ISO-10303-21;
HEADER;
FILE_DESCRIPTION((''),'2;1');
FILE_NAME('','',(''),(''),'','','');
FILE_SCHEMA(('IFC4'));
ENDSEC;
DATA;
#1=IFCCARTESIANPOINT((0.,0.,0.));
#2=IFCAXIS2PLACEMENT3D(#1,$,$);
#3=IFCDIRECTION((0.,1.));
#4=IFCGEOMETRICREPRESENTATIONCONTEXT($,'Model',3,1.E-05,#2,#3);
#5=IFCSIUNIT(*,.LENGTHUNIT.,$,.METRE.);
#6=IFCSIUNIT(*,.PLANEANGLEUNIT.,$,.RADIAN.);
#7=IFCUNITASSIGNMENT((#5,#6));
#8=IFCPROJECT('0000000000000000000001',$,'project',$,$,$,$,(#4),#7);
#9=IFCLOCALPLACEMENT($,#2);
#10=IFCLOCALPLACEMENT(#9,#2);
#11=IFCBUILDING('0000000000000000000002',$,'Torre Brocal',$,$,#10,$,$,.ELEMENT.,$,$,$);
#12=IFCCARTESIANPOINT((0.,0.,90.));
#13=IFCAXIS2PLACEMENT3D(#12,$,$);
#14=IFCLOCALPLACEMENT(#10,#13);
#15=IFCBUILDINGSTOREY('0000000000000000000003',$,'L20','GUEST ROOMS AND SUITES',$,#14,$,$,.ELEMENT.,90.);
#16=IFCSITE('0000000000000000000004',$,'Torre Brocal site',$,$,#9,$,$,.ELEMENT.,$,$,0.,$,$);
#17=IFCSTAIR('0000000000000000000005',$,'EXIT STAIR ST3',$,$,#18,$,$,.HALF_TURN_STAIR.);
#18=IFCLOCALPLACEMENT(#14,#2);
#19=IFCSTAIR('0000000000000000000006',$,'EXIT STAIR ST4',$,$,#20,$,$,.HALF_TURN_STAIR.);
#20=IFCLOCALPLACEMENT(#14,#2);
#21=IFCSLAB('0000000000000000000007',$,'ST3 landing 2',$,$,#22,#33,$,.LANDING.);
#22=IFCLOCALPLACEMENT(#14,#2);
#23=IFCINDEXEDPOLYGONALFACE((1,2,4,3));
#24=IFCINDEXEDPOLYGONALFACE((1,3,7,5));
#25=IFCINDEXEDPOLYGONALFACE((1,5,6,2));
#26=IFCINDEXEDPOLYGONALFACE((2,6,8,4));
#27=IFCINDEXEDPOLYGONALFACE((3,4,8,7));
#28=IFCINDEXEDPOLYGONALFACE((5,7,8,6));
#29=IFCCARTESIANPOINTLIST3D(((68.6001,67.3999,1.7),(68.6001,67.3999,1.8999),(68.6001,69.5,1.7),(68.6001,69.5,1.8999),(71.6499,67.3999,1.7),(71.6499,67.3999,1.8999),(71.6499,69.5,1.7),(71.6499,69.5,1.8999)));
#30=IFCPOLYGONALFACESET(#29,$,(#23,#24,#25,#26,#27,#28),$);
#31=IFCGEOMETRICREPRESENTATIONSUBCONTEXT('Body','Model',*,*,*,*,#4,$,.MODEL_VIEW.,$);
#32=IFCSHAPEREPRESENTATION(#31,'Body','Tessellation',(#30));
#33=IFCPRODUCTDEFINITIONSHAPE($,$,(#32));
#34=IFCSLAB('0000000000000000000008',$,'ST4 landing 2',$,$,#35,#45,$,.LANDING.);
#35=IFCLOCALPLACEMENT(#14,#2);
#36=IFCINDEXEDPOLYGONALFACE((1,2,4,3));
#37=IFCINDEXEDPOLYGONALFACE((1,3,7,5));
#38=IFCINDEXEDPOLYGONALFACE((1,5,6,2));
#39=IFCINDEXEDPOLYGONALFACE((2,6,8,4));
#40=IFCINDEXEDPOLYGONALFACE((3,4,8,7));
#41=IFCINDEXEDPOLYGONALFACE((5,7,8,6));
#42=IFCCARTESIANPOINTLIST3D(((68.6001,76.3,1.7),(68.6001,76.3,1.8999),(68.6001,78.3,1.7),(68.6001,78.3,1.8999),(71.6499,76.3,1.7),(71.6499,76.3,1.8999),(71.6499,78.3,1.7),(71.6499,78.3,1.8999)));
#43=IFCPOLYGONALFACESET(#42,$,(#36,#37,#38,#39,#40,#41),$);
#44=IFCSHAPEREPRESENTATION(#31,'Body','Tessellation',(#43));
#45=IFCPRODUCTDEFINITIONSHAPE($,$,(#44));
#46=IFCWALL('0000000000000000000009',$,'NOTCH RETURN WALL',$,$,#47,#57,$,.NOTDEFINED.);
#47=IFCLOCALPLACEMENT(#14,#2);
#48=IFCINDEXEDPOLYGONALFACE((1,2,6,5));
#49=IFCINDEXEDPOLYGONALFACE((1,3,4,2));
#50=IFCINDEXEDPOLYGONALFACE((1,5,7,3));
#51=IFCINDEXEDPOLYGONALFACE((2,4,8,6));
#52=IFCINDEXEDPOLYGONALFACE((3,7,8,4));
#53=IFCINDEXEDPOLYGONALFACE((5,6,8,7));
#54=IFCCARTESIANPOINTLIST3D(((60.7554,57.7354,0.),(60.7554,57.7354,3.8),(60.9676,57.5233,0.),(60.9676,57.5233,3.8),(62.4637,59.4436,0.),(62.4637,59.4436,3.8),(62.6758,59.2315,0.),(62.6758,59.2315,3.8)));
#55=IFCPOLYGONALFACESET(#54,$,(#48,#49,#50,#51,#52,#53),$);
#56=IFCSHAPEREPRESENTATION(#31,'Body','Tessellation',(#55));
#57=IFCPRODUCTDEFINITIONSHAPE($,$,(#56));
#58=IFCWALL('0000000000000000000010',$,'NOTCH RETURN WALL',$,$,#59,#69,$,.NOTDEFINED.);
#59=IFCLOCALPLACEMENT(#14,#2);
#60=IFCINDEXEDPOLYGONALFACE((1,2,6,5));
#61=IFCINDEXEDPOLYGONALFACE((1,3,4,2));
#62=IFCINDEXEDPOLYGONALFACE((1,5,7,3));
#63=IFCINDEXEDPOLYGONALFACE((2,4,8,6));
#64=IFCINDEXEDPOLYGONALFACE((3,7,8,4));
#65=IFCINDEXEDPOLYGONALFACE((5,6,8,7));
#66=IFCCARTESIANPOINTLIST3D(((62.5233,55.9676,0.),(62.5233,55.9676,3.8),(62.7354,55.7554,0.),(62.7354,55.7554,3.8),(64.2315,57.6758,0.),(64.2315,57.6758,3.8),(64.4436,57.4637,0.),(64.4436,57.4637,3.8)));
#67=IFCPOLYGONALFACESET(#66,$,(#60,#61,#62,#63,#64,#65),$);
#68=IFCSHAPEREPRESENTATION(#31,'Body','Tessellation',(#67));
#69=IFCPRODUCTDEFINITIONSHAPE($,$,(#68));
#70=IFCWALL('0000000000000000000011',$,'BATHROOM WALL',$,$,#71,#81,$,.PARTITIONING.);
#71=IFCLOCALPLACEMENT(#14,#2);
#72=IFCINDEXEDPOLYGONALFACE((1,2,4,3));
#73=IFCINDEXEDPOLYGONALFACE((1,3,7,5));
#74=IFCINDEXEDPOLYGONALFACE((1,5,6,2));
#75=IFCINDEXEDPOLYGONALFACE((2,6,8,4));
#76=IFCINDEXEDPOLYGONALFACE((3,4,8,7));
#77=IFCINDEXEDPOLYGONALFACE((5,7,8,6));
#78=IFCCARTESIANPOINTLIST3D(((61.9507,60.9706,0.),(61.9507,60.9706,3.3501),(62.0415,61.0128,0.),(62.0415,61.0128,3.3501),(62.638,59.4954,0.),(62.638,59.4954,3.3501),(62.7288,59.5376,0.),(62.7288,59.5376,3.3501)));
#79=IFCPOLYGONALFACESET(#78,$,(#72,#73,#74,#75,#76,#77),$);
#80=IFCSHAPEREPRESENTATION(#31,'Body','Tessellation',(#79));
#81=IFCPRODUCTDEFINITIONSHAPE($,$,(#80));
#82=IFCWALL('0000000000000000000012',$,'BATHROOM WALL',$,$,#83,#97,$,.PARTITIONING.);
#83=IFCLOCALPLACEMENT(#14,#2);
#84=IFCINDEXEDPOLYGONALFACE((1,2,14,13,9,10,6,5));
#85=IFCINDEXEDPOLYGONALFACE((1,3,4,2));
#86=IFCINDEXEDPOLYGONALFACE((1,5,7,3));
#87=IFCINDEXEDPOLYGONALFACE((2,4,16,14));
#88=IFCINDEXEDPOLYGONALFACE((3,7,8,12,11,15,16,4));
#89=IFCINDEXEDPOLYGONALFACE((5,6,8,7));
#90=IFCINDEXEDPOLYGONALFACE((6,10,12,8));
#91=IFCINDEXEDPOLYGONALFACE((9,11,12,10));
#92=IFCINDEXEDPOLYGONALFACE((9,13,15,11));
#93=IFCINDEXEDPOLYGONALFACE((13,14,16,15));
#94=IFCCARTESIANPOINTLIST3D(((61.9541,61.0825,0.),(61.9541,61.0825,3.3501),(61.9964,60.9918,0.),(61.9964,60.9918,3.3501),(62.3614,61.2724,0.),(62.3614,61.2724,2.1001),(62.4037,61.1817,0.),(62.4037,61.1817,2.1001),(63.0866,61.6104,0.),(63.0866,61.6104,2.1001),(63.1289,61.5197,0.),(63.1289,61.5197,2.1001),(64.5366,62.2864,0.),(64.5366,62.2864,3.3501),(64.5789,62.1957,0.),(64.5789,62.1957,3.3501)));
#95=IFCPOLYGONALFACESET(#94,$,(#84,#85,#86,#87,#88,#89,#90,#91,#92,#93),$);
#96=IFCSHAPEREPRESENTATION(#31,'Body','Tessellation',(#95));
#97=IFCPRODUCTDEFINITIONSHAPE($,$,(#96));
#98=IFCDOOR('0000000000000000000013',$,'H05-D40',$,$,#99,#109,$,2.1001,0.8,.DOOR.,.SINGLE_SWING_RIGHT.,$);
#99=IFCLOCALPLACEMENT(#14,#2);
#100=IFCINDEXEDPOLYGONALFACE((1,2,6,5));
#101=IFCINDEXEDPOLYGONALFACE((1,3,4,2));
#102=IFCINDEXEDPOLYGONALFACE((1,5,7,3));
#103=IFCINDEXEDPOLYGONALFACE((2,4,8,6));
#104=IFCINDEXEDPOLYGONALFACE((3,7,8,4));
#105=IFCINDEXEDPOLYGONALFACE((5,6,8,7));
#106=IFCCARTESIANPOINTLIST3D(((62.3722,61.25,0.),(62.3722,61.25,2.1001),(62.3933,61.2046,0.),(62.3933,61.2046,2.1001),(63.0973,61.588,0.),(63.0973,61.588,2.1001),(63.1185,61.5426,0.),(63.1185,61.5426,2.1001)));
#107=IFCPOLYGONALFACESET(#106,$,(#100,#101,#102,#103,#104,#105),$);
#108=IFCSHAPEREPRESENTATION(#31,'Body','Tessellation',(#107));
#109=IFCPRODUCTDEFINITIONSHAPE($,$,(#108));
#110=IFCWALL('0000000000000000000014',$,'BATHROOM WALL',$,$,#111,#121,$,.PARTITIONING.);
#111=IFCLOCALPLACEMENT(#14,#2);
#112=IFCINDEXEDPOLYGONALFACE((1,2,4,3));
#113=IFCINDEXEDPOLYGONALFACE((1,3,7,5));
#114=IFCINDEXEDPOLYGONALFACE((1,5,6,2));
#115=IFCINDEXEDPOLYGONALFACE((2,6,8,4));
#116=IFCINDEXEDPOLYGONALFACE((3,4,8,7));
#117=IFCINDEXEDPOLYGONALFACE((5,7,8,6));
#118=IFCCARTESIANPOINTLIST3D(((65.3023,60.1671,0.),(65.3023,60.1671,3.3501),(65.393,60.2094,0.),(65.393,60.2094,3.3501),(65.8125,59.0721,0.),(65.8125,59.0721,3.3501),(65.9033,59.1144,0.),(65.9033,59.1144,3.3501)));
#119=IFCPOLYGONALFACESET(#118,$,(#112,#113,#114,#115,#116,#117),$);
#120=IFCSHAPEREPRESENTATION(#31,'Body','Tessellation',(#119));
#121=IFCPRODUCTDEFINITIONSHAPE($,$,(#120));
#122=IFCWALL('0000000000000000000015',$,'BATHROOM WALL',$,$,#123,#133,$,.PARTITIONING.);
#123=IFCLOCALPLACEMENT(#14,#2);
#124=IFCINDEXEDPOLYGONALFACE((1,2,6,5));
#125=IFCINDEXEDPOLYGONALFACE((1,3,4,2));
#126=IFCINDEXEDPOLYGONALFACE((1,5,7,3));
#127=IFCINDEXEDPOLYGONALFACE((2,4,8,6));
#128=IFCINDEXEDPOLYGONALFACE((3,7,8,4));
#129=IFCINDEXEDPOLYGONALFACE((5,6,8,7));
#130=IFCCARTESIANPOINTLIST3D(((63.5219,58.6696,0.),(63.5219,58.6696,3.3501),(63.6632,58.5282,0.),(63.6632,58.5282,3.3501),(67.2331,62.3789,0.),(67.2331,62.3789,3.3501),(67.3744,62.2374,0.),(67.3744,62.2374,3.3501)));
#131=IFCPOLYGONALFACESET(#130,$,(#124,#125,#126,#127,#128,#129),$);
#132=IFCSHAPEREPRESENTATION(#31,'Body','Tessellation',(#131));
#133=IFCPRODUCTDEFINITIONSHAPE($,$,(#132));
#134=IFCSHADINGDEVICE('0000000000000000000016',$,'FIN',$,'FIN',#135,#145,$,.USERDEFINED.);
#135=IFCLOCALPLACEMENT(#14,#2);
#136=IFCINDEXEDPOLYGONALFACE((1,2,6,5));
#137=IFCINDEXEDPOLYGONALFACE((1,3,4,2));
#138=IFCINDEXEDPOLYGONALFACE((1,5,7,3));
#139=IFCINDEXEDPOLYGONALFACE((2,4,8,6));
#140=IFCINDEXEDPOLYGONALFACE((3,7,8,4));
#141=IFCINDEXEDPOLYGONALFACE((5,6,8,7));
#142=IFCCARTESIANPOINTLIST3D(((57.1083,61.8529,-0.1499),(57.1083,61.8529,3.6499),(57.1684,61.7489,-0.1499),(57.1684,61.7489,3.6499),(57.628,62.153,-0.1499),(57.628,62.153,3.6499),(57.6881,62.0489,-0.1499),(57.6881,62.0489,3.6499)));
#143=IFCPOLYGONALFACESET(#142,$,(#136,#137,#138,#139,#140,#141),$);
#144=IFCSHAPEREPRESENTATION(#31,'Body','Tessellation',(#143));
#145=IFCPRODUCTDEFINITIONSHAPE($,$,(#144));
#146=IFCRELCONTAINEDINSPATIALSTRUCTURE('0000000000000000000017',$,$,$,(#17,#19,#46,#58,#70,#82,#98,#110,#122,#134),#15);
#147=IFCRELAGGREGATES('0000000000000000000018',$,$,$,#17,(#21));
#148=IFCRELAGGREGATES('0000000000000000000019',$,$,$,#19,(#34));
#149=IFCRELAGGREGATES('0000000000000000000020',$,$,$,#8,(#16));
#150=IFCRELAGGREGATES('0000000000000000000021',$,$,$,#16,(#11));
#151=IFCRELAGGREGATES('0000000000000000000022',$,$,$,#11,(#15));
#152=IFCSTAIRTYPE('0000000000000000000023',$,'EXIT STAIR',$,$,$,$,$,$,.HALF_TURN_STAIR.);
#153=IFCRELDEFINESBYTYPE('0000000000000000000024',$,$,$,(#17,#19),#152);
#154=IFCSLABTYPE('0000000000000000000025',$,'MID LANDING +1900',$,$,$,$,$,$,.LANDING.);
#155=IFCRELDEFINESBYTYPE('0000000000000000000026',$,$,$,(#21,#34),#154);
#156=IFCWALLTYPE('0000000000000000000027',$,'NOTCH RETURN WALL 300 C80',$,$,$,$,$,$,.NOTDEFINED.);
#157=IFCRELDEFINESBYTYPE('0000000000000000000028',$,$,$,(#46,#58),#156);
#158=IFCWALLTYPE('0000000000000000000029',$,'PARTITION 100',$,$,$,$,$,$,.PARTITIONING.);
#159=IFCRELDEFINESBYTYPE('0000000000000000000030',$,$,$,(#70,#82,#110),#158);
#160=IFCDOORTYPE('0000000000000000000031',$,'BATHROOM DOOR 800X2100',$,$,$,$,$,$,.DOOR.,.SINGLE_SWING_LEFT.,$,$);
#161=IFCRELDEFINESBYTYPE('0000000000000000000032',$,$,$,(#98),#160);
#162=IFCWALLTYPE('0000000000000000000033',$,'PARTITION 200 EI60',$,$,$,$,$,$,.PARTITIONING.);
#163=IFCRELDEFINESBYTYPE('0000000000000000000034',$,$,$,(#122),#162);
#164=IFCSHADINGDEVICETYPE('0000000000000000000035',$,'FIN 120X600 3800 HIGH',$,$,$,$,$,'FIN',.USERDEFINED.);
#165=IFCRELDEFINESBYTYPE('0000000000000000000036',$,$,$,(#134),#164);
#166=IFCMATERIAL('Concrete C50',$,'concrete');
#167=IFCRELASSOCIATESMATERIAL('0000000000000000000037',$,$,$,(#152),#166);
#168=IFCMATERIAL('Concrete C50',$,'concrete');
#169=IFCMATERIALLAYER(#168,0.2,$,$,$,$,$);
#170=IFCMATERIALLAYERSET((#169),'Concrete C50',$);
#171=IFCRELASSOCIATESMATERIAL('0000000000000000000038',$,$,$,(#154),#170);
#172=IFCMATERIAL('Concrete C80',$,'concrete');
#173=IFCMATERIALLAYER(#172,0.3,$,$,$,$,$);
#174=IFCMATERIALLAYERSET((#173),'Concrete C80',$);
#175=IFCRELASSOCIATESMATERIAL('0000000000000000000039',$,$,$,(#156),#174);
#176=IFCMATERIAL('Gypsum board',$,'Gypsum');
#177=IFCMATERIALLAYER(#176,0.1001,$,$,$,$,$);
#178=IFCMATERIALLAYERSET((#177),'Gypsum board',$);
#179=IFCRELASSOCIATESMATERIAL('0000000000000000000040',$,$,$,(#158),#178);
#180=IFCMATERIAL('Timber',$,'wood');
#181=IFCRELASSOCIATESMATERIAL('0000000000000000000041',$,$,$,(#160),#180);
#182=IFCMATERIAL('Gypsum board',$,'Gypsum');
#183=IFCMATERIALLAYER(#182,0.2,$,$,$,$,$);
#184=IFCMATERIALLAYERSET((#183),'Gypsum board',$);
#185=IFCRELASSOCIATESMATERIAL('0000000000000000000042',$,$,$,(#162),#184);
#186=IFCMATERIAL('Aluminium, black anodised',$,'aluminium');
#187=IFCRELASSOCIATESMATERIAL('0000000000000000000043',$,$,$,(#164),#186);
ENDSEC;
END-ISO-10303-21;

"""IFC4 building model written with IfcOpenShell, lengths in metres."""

from ifc_helpers import new_model, si_unit, direction, frame, frame_2d, origin, origin_2d, place, context, subcontext, project, spatial, polyline, rectangle, outline, extrude, material, layer, layer_set, material_profile, profile_set, type_object, element, fill, aggregate, save


model = new_model("IFC4")

# Units and contexts
model_context = context("Model", 3, precision=1e-05, world=origin(), true_north=direction((0.0, 1.0)))
body_context = subcontext(model_context, "Body", "Model", "MODEL_VIEW")
ifc_project = project(units=[si_unit("LENGTHUNIT", "METRE"), si_unit("PLANEANGLEUNIT", "RADIAN")], contexts=[model_context])

# Site, building, storey
site_placement = place(None, origin())
site = spatial("IfcSite", under=ifc_project, at=site_placement, Name="Torre Brocal site", CompositionType="ELEMENT", RefElevation=0.0)
building_placement = place(site_placement, origin())
building = spatial("IfcBuilding", under=site, at=building_placement, Name="Torre Brocal", CompositionType="ELEMENT")
storey_placement = place(building_placement, frame((0.0, 0.0, 90.0)))
storey = spatial("IfcBuildingStorey", under=building, at=storey_placement, Name="L20", Description="GUEST ROOMS AND SUITES", CompositionType="ELEMENT", Elevation=90.0)

# Stairs
ifc_material_1 = material(Name="Concrete C50", Category="concrete")
stair_type = type_object("IfcStairType", Name="EXIT STAIR", PredefinedType="HALF_TURN_STAIR", material=ifc_material_1)
stair_1_placement = place(storey_placement, origin())
stair_1 = element("IfcStair", 1, at=stair_1_placement, inside=storey, type_object=stair_type, Name="EXIT STAIR ST3", PredefinedType="HALF_TURN_STAIR")
stair_2_placement = place(storey_placement, origin())
stair_2 = element("IfcStair", 2, at=stair_2_placement, inside=storey, type_object=stair_type, Name="EXIT STAIR ST4", PredefinedType="HALF_TURN_STAIR")

# Slabs
ifc_material_2 = material(Name="Concrete C50", Category="concrete")
ifc_layer_1 = layer(ifc_material_2, 0.2)
ifc_layer_set_1 = layer_set([ifc_layer_1], Name="Concrete C50")
slab_type_1 = type_object("IfcSlabType", Name="MID LANDING +1900", PredefinedType="LANDING", material=ifc_layer_set_1)
slab_1_placement = place(storey_placement, frame((0.0, 0.0, 1.7)))
slab_1 = element("IfcSlab", 3, at=slab_1_placement, type_object=slab_type_1, Name="ST3 landing 2", PredefinedType="LANDING", context=body_context, shape_type="SweptSolid", body=[
    extrude(outline(polyline([(71.6499, 69.5), (68.6001, 69.5), (68.6001, 67.3999), (71.6499, 67.3999), (71.6499, 69.5)])), origin(), (0.0, 0.0, 1.0), 0.2),
])
aggregate(stair_1, [slab_1])
slab_2_placement = place(storey_placement, frame((0.0, 0.0, 1.7)))
slab_2 = element("IfcSlab", 4, at=slab_2_placement, type_object=slab_type_1, Name="ST4 landing 2", PredefinedType="LANDING", context=body_context, shape_type="SweptSolid", body=[
    extrude(outline(polyline([(71.6499, 78.3), (68.6001, 78.3), (68.6001, 76.3), (71.6499, 76.3), (71.6499, 78.3)])), origin(), (0.0, 0.0, 1.0), 0.2),
])
aggregate(stair_2, [slab_2])

# Walls
ifc_material_3 = material(Name="Concrete C80", Category="concrete")
ifc_layer_2 = layer(ifc_material_3, 0.3)
ifc_layer_set_2 = layer_set([ifc_layer_2], Name="Concrete C80")
wall_type_1 = type_object("IfcWallType", Name="NOTCH RETURN WALL 300 C80", PredefinedType="NOTDEFINED", material=ifc_layer_set_2)
for number, where, z_axis, x_axis, name in (
    (5, (62.5698, 59.3376, 0.0), (0.0, 0.0, 1.0), (-0.707107, -0.707107, 0.0), "NOTCH RETURN WALL"),
    (6, (64.3376, 57.5698, 0.0), (0.0, 0.0, 1.0), (-0.707107, -0.707107, 0.0), "NOTCH RETURN WALL"),
):
    element("IfcWall", number, at=place(storey_placement, frame(where, z_axis=z_axis, x_axis=x_axis)), inside=storey, type_object=wall_type_1, Name=name, PredefinedType="NOTDEFINED", context=body_context, shape_type="SweptSolid", body=[
        extrude(rectangle(XDim=2.4158, YDim=0.3, at=frame_2d((1.208, 0.0))), origin(), (0.0, 0.0, 1.0), 3.8),
    ])
ifc_material_4 = material(Name="Gypsum board", Category="Gypsum")
ifc_layer_3 = layer(ifc_material_4, 0.1001)
ifc_layer_set_3 = layer_set([ifc_layer_3], Name="Gypsum board")
wall_type_2 = type_object("IfcWallType", Name="PARTITION 100", PredefinedType="PARTITIONING", material=ifc_layer_set_3)
wall_1_placement = place(storey_placement, frame((61.9961, 60.9917, 0.0), z_axis=(0.0, 0.0, 1.0), x_axis=(0.422319, -0.906447, 0.0)))
element("IfcWall", 7, at=wall_1_placement, inside=storey, type_object=wall_type_2, Name="BATHROOM WALL", PredefinedType="PARTITIONING", context=body_context, shape_type="SweptSolid", body=[
    extrude(rectangle(XDim=1.6274, YDim=0.1001, at=frame_2d((0.8137, 0.0))), origin(), (0.0, 0.0, 1.0), 3.3501),
])

# Wall, opening, door
wall_2_placement = place(storey_placement, frame((61.9751, 61.0371, 0.0), z_axis=(0.0, 0.0, 1.0), x_axis=(0.90636, 0.422505, 0.0)))
wall_2 = element("IfcWall", 8, at=wall_2_placement, inside=storey, type_object=wall_type_2, Name="BATHROOM WALL", PredefinedType="PARTITIONING", context=body_context, shape_type="SweptSolid", body=[
    extrude(rectangle(XDim=2.8494, YDim=0.1001, at=frame_2d((1.4248, 0.0))), origin(), (0.0, 0.0, 1.0), 3.3501),
])
opening_placement = place(wall_2_placement, frame((0.4497, 0.0, 0.0)))
opening = element("IfcOpeningElement", 9, at=opening_placement, cuts=wall_2, PredefinedType="OPENING", context=body_context, shape_type="SweptSolid", body=[
    extrude(rectangle(XDim=0.8, YDim=2.1001, at=frame_2d((0.3999, 1.05))), frame((0.0, 0.0601, 0.0), z_axis=(0.0, -1.0, 0.0), x_axis=(1.0, 0.0, 0.0)), (0.0, 0.0, 1.0), 0.1201),
])
ifc_material_5 = material(Name="Timber", Category="wood")
door_type = type_object("IfcDoorType", Name="BATHROOM DOOR 800X2100", OperationType="SINGLE_SWING_LEFT", PredefinedType="DOOR", material=ifc_material_5)
door_placement = place(opening_placement, frame((0.8, 0.0, 0.0), z_axis=(0.0, 0.0, 1.0), x_axis=(-1.0, 0.0, 0.0)))
door = element("IfcDoor", 10, at=door_placement, inside=storey, type_object=door_type, Name="H05-D40", OperationType="SINGLE_SWING_RIGHT", OverallHeight=2.1001, OverallWidth=0.8, PredefinedType="DOOR", context=body_context, shape_type="SweptSolid", body=[
    extrude(rectangle(XDim=0.8, YDim=2.1001, at=frame_2d((0.3999, 1.05))), frame((0.0, 0.0249, 0.0), z_axis=(0.0, -1.0, 0.0), x_axis=(1.0, 0.0, 0.0)), (0.0, 0.0, 1.0), 0.05),
])
fill(opening, door)

# Walls
wall_3_placement = place(storey_placement, frame((65.3477, 60.1882, 0.0), z_axis=(0.0, 0.0, 1.0), x_axis=(0.422388, -0.906415, 0.0)))
element("IfcWall", 11, at=wall_3_placement, inside=storey, type_object=wall_type_2, Name="BATHROOM WALL", PredefinedType="PARTITIONING", context=body_context, shape_type="SweptSolid", body=[
    extrude(rectangle(XDim=1.208, YDim=0.1001, at=frame_2d((0.604, 0.0))), origin(), (0.0, 0.0, 1.0), 3.3501),
])
ifc_material_6 = material(Name="Gypsum board", Category="Gypsum")
ifc_layer_4 = layer(ifc_material_6, 0.2)
ifc_layer_set_4 = layer_set([ifc_layer_4], Name="Gypsum board")
wall_type_3 = type_object("IfcWallType", Name="PARTITION 200 EI60", PredefinedType="PARTITIONING", material=ifc_layer_set_4)
wall_4_placement = place(storey_placement, frame((63.5925, 58.5989, 0.0), z_axis=(0.0, 0.0, 1.0), x_axis=(0.707293, 0.706921, 0.0)))
element("IfcWall", 12, at=wall_4_placement, inside=storey, type_object=wall_type_3, Name="BATHROOM WALL", PredefinedType="PARTITIONING", context=body_context, shape_type="SweptSolid", body=[
    extrude(rectangle(XDim=5.2471, YDim=0.2, at=frame_2d((2.6235, 0.0))), origin(), (0.0, 0.0, 1.0), 3.3501),
])

# Shading device
ifc_material_7 = material(Name="Aluminium, black anodised", Category="aluminium")
ifc_material_profile_1 = material_profile(ifc_material_7, rectangle(XDim=0.1201, YDim=0.6001, at=origin_2d()), Name="FIN 120X600 3800 HIGH")
ifc_profile_set_1 = profile_set([ifc_material_profile_1], Name="Aluminium, black anodised")
shading_device_type = type_object("IfcShadingDeviceType", Name="FIN 120X600 3800 HIGH", ElementType="FIN", PredefinedType="USERDEFINED", material=ifc_profile_set_1)
shading_device_placement = place(storey_placement, frame((57.3982, 61.9509, -0.1499), z_axis=(0.0, 0.0, 1.0), x_axis=(0.5, -0.866025, 0.0)))
element("IfcShadingDevice", 13, at=shading_device_placement, inside=storey, type_object=shading_device_type, Name="FIN", ObjectType="FIN", PredefinedType="USERDEFINED", context=body_context, shape_type="SweptSolid", body=[
    extrude(rectangle(XDim=0.1201, YDim=0.6001, at=origin_2d()), origin(), (0.0, 0.0, 1.0), 3.7998),
])

save(model, "model.ifc")
